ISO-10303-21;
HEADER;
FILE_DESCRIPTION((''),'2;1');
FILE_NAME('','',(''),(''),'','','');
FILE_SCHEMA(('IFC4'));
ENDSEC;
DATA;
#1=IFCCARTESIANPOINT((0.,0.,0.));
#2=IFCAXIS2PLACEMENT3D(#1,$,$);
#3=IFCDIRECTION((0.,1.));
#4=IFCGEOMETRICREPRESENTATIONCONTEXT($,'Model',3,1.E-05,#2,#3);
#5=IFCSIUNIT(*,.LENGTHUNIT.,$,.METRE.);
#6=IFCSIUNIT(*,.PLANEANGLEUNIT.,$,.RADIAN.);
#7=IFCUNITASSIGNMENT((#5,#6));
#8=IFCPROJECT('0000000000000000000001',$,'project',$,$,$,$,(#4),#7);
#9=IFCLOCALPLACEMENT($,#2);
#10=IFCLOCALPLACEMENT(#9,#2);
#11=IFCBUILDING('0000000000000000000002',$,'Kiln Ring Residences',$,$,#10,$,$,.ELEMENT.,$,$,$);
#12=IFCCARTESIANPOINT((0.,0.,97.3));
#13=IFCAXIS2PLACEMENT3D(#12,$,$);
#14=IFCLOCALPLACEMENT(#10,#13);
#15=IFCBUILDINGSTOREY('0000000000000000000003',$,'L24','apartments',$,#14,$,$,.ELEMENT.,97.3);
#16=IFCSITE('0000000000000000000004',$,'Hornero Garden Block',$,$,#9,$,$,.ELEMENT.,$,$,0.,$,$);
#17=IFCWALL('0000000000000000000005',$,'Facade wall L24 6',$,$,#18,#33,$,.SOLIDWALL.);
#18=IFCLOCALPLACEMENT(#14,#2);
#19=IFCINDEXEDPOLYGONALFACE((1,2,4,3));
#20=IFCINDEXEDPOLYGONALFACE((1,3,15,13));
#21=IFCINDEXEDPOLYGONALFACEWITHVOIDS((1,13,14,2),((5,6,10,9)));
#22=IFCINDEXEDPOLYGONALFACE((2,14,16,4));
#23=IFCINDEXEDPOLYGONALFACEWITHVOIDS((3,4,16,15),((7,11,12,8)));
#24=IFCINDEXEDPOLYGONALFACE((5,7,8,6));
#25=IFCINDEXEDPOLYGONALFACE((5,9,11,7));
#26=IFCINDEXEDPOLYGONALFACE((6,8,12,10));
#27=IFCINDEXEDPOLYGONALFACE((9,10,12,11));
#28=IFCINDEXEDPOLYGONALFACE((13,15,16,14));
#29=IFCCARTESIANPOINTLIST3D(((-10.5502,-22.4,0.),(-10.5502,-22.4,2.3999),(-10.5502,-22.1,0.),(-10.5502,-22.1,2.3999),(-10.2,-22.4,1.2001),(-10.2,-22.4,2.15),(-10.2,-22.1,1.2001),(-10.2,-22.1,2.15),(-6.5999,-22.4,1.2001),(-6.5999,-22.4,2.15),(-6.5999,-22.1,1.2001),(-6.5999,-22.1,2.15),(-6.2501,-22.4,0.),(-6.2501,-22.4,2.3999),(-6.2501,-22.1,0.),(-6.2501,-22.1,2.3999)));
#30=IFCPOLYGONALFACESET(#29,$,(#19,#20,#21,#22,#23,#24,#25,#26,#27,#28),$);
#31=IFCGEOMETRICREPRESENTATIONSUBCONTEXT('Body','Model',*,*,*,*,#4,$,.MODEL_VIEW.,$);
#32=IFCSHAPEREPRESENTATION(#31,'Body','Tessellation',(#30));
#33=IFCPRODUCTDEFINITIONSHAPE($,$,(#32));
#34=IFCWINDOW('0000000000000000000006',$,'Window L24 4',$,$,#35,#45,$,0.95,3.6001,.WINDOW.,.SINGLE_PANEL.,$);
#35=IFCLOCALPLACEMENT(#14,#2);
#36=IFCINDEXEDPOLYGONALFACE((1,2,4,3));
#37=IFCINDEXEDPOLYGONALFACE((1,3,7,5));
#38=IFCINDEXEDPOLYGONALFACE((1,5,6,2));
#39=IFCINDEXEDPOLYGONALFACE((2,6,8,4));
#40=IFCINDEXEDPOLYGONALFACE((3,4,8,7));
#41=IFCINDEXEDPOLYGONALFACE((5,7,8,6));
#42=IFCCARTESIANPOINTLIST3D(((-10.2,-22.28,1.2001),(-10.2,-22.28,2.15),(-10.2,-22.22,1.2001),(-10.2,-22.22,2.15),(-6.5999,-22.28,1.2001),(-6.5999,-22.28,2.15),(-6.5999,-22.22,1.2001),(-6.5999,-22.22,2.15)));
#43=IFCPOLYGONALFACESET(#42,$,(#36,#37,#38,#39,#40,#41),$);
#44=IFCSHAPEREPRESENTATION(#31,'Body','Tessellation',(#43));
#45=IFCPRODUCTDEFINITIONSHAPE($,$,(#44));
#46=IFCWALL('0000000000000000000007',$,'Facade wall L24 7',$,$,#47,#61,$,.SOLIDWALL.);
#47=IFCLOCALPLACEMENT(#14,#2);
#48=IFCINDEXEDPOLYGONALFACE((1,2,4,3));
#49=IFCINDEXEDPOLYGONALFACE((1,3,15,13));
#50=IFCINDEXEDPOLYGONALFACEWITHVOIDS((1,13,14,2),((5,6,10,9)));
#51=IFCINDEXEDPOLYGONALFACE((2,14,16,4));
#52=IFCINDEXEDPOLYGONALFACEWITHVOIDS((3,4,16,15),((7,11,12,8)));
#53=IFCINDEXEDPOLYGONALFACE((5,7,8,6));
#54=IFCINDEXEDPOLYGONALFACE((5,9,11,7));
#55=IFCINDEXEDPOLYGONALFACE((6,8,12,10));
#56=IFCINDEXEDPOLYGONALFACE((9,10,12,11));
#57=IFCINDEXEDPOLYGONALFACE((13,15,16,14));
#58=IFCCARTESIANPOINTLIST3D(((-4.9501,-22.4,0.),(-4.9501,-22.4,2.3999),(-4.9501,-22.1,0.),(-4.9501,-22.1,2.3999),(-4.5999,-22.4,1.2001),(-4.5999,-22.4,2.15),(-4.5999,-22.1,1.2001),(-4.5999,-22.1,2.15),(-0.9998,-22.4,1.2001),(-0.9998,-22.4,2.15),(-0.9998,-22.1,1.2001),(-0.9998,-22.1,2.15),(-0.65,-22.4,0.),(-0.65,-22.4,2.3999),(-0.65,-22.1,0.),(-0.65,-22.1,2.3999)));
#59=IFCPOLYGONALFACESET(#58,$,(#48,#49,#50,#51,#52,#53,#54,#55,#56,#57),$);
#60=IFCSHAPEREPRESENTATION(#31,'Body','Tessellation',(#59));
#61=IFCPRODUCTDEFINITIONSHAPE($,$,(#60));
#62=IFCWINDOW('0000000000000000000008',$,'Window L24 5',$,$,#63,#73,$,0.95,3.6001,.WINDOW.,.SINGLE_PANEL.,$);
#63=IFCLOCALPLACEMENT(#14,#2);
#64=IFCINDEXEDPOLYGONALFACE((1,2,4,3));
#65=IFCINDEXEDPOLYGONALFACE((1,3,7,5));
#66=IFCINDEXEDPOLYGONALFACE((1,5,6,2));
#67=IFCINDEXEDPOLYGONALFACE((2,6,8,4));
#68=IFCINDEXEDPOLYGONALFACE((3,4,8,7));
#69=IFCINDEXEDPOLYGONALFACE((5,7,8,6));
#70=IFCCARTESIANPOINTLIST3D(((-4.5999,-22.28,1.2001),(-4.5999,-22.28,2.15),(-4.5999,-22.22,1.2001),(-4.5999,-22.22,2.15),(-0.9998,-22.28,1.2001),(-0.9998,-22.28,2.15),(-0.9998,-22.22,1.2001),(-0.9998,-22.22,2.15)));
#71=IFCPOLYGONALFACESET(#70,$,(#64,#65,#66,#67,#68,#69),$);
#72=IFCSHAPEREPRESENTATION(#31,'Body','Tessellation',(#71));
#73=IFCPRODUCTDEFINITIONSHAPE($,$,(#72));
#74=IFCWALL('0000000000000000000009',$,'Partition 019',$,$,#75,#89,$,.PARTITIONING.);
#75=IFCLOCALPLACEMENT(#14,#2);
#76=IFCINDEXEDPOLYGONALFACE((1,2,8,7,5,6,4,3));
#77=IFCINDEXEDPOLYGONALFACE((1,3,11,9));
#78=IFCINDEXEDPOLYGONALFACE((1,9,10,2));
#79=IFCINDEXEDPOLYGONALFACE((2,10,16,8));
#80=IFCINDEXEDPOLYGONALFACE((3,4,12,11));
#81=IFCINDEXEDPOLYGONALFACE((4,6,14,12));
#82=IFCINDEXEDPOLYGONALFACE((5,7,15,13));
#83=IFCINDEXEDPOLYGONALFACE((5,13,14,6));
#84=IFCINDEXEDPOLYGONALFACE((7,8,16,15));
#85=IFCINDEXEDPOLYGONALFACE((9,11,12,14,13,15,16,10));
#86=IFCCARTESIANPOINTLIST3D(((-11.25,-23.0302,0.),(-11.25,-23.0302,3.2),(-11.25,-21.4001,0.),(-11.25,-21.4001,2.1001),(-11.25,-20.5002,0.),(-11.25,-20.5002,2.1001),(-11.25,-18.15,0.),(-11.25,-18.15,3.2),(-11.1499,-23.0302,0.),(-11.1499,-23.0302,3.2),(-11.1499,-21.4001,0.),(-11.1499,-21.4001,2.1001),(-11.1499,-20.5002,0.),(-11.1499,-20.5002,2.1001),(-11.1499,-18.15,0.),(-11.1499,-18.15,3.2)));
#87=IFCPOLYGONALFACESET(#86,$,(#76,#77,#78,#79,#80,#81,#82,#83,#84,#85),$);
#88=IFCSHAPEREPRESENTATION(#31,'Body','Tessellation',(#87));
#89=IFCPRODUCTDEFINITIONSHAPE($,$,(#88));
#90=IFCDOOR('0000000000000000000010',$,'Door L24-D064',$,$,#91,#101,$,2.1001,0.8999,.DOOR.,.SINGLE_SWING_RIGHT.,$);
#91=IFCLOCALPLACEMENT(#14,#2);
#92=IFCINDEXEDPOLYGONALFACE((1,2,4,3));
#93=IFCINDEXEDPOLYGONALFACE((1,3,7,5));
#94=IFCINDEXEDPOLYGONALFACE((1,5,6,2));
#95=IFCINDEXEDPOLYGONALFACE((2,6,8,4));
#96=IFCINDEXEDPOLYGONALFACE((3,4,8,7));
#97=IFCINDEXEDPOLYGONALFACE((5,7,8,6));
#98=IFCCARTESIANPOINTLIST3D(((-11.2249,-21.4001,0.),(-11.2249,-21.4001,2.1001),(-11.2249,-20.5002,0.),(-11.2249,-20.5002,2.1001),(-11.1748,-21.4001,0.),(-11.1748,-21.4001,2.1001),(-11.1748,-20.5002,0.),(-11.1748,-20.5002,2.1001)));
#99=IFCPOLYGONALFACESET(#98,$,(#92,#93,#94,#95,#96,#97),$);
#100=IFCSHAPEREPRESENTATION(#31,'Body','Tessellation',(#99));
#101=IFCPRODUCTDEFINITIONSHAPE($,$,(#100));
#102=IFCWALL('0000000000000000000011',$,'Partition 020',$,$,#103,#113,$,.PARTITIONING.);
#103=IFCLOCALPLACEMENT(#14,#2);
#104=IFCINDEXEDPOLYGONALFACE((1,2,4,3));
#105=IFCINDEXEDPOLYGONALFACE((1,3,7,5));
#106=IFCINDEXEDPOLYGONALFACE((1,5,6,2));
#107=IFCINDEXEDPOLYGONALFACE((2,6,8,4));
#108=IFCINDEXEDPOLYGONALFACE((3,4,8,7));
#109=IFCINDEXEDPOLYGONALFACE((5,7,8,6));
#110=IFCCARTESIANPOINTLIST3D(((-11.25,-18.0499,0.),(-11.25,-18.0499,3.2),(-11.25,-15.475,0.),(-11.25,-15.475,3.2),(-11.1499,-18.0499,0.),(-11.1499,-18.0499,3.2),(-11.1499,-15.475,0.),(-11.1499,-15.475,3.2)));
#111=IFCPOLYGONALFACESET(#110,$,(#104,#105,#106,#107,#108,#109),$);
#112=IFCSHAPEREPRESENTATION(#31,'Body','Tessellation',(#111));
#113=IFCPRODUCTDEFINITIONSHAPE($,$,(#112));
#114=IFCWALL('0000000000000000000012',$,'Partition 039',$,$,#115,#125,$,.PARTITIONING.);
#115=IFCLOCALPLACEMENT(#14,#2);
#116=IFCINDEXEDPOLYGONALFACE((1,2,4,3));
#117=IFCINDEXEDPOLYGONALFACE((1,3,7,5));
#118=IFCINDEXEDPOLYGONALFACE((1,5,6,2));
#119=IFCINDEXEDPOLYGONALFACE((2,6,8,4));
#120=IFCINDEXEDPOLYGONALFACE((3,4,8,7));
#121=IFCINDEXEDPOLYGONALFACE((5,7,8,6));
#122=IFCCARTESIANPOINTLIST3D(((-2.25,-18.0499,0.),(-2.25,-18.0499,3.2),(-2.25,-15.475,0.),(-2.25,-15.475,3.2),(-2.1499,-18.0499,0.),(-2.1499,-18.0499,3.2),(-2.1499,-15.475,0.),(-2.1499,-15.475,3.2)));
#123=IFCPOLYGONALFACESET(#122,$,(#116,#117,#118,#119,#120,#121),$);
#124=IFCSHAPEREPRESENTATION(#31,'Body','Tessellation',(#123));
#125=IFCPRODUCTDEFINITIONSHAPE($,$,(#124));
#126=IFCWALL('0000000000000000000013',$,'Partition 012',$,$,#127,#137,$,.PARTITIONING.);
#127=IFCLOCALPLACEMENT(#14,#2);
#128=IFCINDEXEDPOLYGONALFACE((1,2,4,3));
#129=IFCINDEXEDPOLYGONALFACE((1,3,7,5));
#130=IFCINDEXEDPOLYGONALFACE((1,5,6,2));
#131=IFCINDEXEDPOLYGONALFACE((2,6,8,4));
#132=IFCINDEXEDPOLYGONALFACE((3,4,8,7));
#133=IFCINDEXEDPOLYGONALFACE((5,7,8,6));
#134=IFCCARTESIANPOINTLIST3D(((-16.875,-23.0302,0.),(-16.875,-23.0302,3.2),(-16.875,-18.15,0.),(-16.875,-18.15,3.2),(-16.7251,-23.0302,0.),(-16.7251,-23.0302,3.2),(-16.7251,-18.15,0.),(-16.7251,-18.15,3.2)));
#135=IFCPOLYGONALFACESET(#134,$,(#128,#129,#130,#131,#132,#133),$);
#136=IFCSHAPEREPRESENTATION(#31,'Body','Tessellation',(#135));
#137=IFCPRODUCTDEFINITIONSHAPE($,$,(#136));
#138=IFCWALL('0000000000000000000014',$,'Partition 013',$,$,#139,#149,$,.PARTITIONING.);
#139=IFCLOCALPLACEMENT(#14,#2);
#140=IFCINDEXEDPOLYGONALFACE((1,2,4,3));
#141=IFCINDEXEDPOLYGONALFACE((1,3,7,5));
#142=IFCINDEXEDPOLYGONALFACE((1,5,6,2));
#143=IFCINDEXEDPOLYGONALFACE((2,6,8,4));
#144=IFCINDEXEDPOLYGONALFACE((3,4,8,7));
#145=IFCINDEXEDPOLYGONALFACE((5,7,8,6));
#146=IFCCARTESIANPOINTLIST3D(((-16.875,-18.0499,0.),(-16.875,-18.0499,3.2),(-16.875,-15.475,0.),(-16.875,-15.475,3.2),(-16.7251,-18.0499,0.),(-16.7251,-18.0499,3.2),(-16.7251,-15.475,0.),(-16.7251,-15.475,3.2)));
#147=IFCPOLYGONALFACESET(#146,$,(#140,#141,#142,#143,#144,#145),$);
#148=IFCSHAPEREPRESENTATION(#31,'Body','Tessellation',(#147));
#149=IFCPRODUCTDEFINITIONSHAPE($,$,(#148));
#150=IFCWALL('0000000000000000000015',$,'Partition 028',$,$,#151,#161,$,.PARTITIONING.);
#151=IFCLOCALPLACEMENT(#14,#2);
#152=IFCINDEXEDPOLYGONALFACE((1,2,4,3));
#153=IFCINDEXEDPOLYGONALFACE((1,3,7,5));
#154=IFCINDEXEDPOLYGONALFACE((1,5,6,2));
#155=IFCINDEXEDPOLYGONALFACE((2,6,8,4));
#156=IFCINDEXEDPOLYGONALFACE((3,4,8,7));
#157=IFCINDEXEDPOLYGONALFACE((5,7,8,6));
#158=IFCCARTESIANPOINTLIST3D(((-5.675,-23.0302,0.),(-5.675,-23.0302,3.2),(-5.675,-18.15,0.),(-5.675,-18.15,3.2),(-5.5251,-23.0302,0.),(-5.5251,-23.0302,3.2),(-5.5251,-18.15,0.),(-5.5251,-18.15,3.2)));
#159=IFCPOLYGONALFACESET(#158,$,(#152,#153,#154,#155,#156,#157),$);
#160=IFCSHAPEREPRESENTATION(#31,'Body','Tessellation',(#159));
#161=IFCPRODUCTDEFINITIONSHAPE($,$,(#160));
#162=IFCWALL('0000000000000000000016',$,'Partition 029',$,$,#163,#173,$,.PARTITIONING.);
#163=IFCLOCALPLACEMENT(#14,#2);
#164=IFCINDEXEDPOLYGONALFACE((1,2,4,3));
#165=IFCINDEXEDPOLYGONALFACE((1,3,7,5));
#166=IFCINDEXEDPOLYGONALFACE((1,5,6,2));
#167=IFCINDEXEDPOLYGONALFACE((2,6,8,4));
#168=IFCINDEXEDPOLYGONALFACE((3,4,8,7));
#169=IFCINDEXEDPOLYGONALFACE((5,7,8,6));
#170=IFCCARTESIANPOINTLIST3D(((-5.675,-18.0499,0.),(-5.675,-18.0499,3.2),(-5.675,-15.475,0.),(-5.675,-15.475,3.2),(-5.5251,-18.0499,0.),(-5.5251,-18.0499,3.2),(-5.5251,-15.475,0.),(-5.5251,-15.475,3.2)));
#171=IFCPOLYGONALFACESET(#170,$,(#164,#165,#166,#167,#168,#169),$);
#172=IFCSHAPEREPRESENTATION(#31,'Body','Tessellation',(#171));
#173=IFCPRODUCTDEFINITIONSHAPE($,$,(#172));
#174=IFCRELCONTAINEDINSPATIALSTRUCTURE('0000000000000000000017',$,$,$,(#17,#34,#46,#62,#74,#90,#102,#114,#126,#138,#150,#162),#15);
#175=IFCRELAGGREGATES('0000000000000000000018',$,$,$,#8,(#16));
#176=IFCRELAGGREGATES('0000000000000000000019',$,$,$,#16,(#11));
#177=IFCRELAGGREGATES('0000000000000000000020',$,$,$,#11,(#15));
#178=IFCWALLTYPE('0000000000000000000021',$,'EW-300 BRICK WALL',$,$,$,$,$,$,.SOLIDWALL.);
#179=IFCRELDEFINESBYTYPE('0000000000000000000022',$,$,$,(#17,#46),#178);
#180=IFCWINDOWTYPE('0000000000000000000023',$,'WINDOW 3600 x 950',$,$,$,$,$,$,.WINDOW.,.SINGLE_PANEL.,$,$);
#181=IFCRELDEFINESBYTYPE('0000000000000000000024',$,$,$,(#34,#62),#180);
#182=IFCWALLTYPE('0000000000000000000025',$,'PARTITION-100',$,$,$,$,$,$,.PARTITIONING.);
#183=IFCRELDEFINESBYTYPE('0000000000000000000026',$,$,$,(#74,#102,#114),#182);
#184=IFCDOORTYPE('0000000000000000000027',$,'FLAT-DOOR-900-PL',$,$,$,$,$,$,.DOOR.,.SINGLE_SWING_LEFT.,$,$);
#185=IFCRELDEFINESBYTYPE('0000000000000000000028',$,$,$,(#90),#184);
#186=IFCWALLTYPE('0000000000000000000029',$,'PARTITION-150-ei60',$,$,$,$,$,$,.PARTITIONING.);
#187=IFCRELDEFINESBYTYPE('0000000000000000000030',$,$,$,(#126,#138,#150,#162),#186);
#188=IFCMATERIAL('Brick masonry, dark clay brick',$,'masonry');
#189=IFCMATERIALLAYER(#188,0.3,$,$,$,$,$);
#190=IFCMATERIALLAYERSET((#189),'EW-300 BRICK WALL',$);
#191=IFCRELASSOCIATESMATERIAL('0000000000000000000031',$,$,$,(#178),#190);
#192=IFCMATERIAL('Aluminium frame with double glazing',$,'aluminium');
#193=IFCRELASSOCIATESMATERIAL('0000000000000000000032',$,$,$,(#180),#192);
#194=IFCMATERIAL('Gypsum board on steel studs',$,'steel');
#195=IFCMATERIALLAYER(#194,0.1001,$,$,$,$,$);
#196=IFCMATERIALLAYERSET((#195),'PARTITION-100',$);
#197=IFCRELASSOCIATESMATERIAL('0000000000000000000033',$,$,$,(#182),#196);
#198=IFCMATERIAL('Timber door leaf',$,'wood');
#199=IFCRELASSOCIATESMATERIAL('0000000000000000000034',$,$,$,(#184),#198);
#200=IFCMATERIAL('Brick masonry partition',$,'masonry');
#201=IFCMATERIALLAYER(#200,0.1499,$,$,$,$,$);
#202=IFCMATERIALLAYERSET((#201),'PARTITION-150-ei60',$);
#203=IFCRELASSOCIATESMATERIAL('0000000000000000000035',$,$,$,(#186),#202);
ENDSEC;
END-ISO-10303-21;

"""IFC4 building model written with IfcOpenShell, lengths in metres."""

from ifc_helpers import new_model, si_unit, direction, frame, frame_2d, origin, place, context, subcontext, project, spatial, rectangle, extrude, material, layer, layer_set, type_object, element, fill, save


model = new_model("IFC4")

# Units and contexts
model_context = context("Model", 3, precision=1e-05, world=origin(), true_north=direction((0.0, 1.0)))
body_context = subcontext(model_context, "Body", "Model", "MODEL_VIEW")
ifc_project = project(units=[si_unit("LENGTHUNIT", "METRE"), si_unit("PLANEANGLEUNIT", "RADIAN")], contexts=[model_context])

# Site, building, storey
site_placement = place(None, origin())
site = spatial("IfcSite", under=ifc_project, at=site_placement, Name="Hornero Garden Block", CompositionType="ELEMENT", RefElevation=0.0)
building_placement = place(site_placement, origin())
building = spatial("IfcBuilding", under=site, at=building_placement, Name="Kiln Ring Residences", CompositionType="ELEMENT")
storey_placement = place(building_placement, frame((0.0, 0.0, 97.3)))
storey = spatial("IfcBuildingStorey", under=building, at=storey_placement, Name="L24", Description="apartments", CompositionType="ELEMENT", Elevation=97.3)

# Walls, openings, windows
ifc_material_1 = material(Name="Brick masonry, dark clay brick", Category="masonry")
ifc_layer_1 = layer(ifc_material_1, 0.3)
ifc_layer_set_1 = layer_set([ifc_layer_1], Name="EW-300 BRICK WALL")
wall_type_1 = type_object("IfcWallType", Name="EW-300 BRICK WALL", PredefinedType="SOLIDWALL", material=ifc_layer_set_1)
ifc_material_2 = material(Name="Aluminium frame with double glazing", Category="aluminium")
window_type = type_object("IfcWindowType", Name="WINDOW 3600 x 950", PartitioningType="SINGLE_PANEL", PredefinedType="WINDOW", material=ifc_material_2)
wall_1_placement = place(storey_placement, frame((-10.55, -22.25, 0.0), z_axis=(0.0, 0.0, 1.0), x_axis=(1.0, 0.0, 0.0)))
wall_1 = element("IfcWall", 1, at=wall_1_placement, inside=storey, type_object=wall_type_1, Name="Facade wall L24 6", PredefinedType="SOLIDWALL", context=body_context, shape_type="SweptSolid", body=[
    extrude(rectangle(XDim=4.3, YDim=0.3, at=frame_2d((2.1499, 0.0))), origin(), (0.0, 0.0, 1.0), 2.3999),
])
opening_1_placement = place(wall_1_placement, frame((0.3501, 0.0, 1.2)))
opening_1 = element("IfcOpeningElement", 2, at=opening_1_placement, cuts=wall_1, PredefinedType="OPENING", context=body_context, shape_type="SweptSolid", body=[
    extrude(rectangle(XDim=3.6001, YDim=0.95, at=frame_2d((1.8, 0.4751))), frame((0.0, 0.1599, 0.0), z_axis=(0.0, -1.0, 0.0), x_axis=(1.0, 0.0, 0.0)), (0.0, 0.0, 1.0), 0.3201),
])
window_1_placement = place(opening_1_placement, origin())
window_1 = element("IfcWindow", 3, at=window_1_placement, inside=storey, type_object=window_type, Name="Window L24 4", OverallHeight=0.95, OverallWidth=3.6001, PartitioningType="SINGLE_PANEL", PredefinedType="WINDOW", context=body_context, shape_type="SweptSolid", body=[
    extrude(rectangle(XDim=3.6001, YDim=0.95, at=frame_2d((1.8, 0.4751))), frame((0.0, 0.03, 0.0), z_axis=(0.0, -1.0, 0.0), x_axis=(1.0, 0.0, 0.0)), (0.0, 0.0, 1.0), 0.0601),
])
fill(opening_1, window_1)
wall_2_placement = place(storey_placement, frame((-4.95, -22.25, 0.0), z_axis=(0.0, 0.0, 1.0), x_axis=(1.0, 0.0, 0.0)))
wall_2 = element("IfcWall", 4, at=wall_2_placement, inside=storey, type_object=wall_type_1, Name="Facade wall L24 7", PredefinedType="SOLIDWALL", context=body_context, shape_type="SweptSolid", body=[
    extrude(rectangle(XDim=4.3, YDim=0.3, at=frame_2d((2.1499, 0.0))), origin(), (0.0, 0.0, 1.0), 2.3999),
])
opening_2_placement = place(wall_2_placement, frame((0.3501, 0.0, 1.2)))
opening_2 = element("IfcOpeningElement", 5, at=opening_2_placement, cuts=wall_2, PredefinedType="OPENING", context=body_context, shape_type="SweptSolid", body=[
    extrude(rectangle(XDim=3.6001, YDim=0.95, at=frame_2d((1.8, 0.4751))), frame((0.0, 0.1599, 0.0), z_axis=(0.0, -1.0, 0.0), x_axis=(1.0, 0.0, 0.0)), (0.0, 0.0, 1.0), 0.3201),
])
window_2_placement = place(opening_2_placement, origin())
window_2 = element("IfcWindow", 6, at=window_2_placement, inside=storey, type_object=window_type, Name="Window L24 5", OverallHeight=0.95, OverallWidth=3.6001, PartitioningType="SINGLE_PANEL", PredefinedType="WINDOW", context=body_context, shape_type="SweptSolid", body=[
    extrude(rectangle(XDim=3.6001, YDim=0.95, at=frame_2d((1.8, 0.4751))), frame((0.0, 0.03, 0.0), z_axis=(0.0, -1.0, 0.0), x_axis=(1.0, 0.0, 0.0)), (0.0, 0.0, 1.0), 0.0601),
])
fill(opening_2, window_2)

# Wall, opening, door
ifc_material_3 = material(Name="Gypsum board on steel studs", Category="steel")
ifc_layer_2 = layer(ifc_material_3, 0.1001)
ifc_layer_set_2 = layer_set([ifc_layer_2], Name="PARTITION-100")
wall_type_2 = type_object("IfcWallType", Name="PARTITION-100", PredefinedType="PARTITIONING", material=ifc_layer_set_2)
wall_3_placement = place(storey_placement, frame((-11.2, -23.03, 0.0), z_axis=(0.0, 0.0, 1.0), x_axis=(0.0, 1.0, 0.0)))
wall_3 = element("IfcWall", 7, at=wall_3_placement, inside=storey, type_object=wall_type_2, Name="Partition 019", PredefinedType="PARTITIONING", context=body_context, shape_type="SweptSolid", body=[
    extrude(rectangle(XDim=4.8801, YDim=0.1001, at=frame_2d((2.4399, 0.0))), origin(), (0.0, 0.0, 1.0), 3.2),
])
opening_3_placement = place(wall_3_placement, frame((1.6299, 0.0, 0.0)))
opening_3 = element("IfcOpeningElement", 8, at=opening_3_placement, cuts=wall_3, PredefinedType="OPENING", context=body_context, shape_type="SweptSolid", body=[
    extrude(rectangle(XDim=0.8999, YDim=2.1001, at=frame_2d((0.45, 1.05))), frame((0.0, 0.0601, 0.0), z_axis=(0.0, -1.0, 0.0), x_axis=(1.0, 0.0, 0.0)), (0.0, 0.0, 1.0), 0.1201),
])
ifc_material_4 = material(Name="Timber door leaf", Category="wood")
door_type = type_object("IfcDoorType", Name="FLAT-DOOR-900-PL", OperationType="SINGLE_SWING_LEFT", PredefinedType="DOOR", material=ifc_material_4)
door_placement = place(opening_3_placement, origin())
door = element("IfcDoor", 9, at=door_placement, inside=storey, type_object=door_type, Name="Door L24-D064", OperationType="SINGLE_SWING_RIGHT", OverallHeight=2.1001, OverallWidth=0.8999, PredefinedType="DOOR", context=body_context, shape_type="SweptSolid", body=[
    extrude(rectangle(XDim=0.8999, YDim=2.1001, at=frame_2d((0.45, 1.05))), frame((0.0, 0.0249, 0.0), z_axis=(0.0, -1.0, 0.0), x_axis=(1.0, 0.0, 0.0)), (0.0, 0.0, 1.0), 0.05),
])
fill(opening_3, door)

# Walls
for number, where, z_axis, x_axis, name in (
    (10, (-11.2, -18.05, 0.0), (0.0, 0.0, 1.0), (0.0, 1.0, 0.0), "Partition 020"),
    (11, (-2.2, -18.05, 0.0), (0.0, 0.0, 1.0), (0.0, 1.0, 0.0), "Partition 039"),
):
    element("IfcWall", number, at=place(storey_placement, frame(where, z_axis=z_axis, x_axis=x_axis)), inside=storey, type_object=wall_type_2, Name=name, PredefinedType="PARTITIONING", context=body_context, shape_type="SweptSolid", body=[
        extrude(rectangle(XDim=2.575, YDim=0.1001, at=frame_2d((1.2876, 0.0))), origin(), (0.0, 0.0, 1.0), 3.2),
    ])
ifc_material_5 = material(Name="Brick masonry partition", Category="masonry")
ifc_layer_3 = layer(ifc_material_5, 0.1499)
ifc_layer_set_3 = layer_set([ifc_layer_3], Name="PARTITION-150-ei60")
wall_type_3 = type_object("IfcWallType", Name="PARTITION-150-ei60", PredefinedType="PARTITIONING", material=ifc_layer_set_3)
wall_4_placement = place(storey_placement, frame((-16.8, -23.03, 0.0), z_axis=(0.0, 0.0, 1.0), x_axis=(0.0, 1.0, 0.0)))
element("IfcWall", 12, at=wall_4_placement, inside=storey, type_object=wall_type_3, Name="Partition 012", PredefinedType="PARTITIONING", context=body_context, shape_type="SweptSolid", body=[
    extrude(rectangle(XDim=4.8801, YDim=0.1499, at=frame_2d((2.4399, 0.0))), origin(), (0.0, 0.0, 1.0), 3.2),
])
wall_5_placement = place(storey_placement, frame((-16.8, -18.05, 0.0), z_axis=(0.0, 0.0, 1.0), x_axis=(0.0, 1.0, 0.0)))
element("IfcWall", 13, at=wall_5_placement, inside=storey, type_object=wall_type_3, Name="Partition 013", PredefinedType="PARTITIONING", context=body_context, shape_type="SweptSolid", body=[
    extrude(rectangle(XDim=2.575, YDim=0.1499, at=frame_2d((1.2876, 0.0))), origin(), (0.0, 0.0, 1.0), 3.2),
])
wall_6_placement = place(storey_placement, frame((-5.6001, -23.03, 0.0), z_axis=(0.0, 0.0, 1.0), x_axis=(0.0, 1.0, 0.0)))
element("IfcWall", 14, at=wall_6_placement, inside=storey, type_object=wall_type_3, Name="Partition 028", PredefinedType="PARTITIONING", context=body_context, shape_type="SweptSolid", body=[
    extrude(rectangle(XDim=4.8801, YDim=0.1499, at=frame_2d((2.4399, 0.0))), origin(), (0.0, 0.0, 1.0), 3.2),
])
wall_7_placement = place(storey_placement, frame((-5.6001, -18.05, 0.0), z_axis=(0.0, 0.0, 1.0), x_axis=(0.0, 1.0, 0.0)))
element("IfcWall", 15, at=wall_7_placement, inside=storey, type_object=wall_type_3, Name="Partition 029", PredefinedType="PARTITIONING", context=body_context, shape_type="SweptSolid", body=[
    extrude(rectangle(XDim=2.575, YDim=0.1499, at=frame_2d((1.2876, 0.0))), origin(), (0.0, 0.0, 1.0), 3.2),
])

save(model, "model.ifc")
